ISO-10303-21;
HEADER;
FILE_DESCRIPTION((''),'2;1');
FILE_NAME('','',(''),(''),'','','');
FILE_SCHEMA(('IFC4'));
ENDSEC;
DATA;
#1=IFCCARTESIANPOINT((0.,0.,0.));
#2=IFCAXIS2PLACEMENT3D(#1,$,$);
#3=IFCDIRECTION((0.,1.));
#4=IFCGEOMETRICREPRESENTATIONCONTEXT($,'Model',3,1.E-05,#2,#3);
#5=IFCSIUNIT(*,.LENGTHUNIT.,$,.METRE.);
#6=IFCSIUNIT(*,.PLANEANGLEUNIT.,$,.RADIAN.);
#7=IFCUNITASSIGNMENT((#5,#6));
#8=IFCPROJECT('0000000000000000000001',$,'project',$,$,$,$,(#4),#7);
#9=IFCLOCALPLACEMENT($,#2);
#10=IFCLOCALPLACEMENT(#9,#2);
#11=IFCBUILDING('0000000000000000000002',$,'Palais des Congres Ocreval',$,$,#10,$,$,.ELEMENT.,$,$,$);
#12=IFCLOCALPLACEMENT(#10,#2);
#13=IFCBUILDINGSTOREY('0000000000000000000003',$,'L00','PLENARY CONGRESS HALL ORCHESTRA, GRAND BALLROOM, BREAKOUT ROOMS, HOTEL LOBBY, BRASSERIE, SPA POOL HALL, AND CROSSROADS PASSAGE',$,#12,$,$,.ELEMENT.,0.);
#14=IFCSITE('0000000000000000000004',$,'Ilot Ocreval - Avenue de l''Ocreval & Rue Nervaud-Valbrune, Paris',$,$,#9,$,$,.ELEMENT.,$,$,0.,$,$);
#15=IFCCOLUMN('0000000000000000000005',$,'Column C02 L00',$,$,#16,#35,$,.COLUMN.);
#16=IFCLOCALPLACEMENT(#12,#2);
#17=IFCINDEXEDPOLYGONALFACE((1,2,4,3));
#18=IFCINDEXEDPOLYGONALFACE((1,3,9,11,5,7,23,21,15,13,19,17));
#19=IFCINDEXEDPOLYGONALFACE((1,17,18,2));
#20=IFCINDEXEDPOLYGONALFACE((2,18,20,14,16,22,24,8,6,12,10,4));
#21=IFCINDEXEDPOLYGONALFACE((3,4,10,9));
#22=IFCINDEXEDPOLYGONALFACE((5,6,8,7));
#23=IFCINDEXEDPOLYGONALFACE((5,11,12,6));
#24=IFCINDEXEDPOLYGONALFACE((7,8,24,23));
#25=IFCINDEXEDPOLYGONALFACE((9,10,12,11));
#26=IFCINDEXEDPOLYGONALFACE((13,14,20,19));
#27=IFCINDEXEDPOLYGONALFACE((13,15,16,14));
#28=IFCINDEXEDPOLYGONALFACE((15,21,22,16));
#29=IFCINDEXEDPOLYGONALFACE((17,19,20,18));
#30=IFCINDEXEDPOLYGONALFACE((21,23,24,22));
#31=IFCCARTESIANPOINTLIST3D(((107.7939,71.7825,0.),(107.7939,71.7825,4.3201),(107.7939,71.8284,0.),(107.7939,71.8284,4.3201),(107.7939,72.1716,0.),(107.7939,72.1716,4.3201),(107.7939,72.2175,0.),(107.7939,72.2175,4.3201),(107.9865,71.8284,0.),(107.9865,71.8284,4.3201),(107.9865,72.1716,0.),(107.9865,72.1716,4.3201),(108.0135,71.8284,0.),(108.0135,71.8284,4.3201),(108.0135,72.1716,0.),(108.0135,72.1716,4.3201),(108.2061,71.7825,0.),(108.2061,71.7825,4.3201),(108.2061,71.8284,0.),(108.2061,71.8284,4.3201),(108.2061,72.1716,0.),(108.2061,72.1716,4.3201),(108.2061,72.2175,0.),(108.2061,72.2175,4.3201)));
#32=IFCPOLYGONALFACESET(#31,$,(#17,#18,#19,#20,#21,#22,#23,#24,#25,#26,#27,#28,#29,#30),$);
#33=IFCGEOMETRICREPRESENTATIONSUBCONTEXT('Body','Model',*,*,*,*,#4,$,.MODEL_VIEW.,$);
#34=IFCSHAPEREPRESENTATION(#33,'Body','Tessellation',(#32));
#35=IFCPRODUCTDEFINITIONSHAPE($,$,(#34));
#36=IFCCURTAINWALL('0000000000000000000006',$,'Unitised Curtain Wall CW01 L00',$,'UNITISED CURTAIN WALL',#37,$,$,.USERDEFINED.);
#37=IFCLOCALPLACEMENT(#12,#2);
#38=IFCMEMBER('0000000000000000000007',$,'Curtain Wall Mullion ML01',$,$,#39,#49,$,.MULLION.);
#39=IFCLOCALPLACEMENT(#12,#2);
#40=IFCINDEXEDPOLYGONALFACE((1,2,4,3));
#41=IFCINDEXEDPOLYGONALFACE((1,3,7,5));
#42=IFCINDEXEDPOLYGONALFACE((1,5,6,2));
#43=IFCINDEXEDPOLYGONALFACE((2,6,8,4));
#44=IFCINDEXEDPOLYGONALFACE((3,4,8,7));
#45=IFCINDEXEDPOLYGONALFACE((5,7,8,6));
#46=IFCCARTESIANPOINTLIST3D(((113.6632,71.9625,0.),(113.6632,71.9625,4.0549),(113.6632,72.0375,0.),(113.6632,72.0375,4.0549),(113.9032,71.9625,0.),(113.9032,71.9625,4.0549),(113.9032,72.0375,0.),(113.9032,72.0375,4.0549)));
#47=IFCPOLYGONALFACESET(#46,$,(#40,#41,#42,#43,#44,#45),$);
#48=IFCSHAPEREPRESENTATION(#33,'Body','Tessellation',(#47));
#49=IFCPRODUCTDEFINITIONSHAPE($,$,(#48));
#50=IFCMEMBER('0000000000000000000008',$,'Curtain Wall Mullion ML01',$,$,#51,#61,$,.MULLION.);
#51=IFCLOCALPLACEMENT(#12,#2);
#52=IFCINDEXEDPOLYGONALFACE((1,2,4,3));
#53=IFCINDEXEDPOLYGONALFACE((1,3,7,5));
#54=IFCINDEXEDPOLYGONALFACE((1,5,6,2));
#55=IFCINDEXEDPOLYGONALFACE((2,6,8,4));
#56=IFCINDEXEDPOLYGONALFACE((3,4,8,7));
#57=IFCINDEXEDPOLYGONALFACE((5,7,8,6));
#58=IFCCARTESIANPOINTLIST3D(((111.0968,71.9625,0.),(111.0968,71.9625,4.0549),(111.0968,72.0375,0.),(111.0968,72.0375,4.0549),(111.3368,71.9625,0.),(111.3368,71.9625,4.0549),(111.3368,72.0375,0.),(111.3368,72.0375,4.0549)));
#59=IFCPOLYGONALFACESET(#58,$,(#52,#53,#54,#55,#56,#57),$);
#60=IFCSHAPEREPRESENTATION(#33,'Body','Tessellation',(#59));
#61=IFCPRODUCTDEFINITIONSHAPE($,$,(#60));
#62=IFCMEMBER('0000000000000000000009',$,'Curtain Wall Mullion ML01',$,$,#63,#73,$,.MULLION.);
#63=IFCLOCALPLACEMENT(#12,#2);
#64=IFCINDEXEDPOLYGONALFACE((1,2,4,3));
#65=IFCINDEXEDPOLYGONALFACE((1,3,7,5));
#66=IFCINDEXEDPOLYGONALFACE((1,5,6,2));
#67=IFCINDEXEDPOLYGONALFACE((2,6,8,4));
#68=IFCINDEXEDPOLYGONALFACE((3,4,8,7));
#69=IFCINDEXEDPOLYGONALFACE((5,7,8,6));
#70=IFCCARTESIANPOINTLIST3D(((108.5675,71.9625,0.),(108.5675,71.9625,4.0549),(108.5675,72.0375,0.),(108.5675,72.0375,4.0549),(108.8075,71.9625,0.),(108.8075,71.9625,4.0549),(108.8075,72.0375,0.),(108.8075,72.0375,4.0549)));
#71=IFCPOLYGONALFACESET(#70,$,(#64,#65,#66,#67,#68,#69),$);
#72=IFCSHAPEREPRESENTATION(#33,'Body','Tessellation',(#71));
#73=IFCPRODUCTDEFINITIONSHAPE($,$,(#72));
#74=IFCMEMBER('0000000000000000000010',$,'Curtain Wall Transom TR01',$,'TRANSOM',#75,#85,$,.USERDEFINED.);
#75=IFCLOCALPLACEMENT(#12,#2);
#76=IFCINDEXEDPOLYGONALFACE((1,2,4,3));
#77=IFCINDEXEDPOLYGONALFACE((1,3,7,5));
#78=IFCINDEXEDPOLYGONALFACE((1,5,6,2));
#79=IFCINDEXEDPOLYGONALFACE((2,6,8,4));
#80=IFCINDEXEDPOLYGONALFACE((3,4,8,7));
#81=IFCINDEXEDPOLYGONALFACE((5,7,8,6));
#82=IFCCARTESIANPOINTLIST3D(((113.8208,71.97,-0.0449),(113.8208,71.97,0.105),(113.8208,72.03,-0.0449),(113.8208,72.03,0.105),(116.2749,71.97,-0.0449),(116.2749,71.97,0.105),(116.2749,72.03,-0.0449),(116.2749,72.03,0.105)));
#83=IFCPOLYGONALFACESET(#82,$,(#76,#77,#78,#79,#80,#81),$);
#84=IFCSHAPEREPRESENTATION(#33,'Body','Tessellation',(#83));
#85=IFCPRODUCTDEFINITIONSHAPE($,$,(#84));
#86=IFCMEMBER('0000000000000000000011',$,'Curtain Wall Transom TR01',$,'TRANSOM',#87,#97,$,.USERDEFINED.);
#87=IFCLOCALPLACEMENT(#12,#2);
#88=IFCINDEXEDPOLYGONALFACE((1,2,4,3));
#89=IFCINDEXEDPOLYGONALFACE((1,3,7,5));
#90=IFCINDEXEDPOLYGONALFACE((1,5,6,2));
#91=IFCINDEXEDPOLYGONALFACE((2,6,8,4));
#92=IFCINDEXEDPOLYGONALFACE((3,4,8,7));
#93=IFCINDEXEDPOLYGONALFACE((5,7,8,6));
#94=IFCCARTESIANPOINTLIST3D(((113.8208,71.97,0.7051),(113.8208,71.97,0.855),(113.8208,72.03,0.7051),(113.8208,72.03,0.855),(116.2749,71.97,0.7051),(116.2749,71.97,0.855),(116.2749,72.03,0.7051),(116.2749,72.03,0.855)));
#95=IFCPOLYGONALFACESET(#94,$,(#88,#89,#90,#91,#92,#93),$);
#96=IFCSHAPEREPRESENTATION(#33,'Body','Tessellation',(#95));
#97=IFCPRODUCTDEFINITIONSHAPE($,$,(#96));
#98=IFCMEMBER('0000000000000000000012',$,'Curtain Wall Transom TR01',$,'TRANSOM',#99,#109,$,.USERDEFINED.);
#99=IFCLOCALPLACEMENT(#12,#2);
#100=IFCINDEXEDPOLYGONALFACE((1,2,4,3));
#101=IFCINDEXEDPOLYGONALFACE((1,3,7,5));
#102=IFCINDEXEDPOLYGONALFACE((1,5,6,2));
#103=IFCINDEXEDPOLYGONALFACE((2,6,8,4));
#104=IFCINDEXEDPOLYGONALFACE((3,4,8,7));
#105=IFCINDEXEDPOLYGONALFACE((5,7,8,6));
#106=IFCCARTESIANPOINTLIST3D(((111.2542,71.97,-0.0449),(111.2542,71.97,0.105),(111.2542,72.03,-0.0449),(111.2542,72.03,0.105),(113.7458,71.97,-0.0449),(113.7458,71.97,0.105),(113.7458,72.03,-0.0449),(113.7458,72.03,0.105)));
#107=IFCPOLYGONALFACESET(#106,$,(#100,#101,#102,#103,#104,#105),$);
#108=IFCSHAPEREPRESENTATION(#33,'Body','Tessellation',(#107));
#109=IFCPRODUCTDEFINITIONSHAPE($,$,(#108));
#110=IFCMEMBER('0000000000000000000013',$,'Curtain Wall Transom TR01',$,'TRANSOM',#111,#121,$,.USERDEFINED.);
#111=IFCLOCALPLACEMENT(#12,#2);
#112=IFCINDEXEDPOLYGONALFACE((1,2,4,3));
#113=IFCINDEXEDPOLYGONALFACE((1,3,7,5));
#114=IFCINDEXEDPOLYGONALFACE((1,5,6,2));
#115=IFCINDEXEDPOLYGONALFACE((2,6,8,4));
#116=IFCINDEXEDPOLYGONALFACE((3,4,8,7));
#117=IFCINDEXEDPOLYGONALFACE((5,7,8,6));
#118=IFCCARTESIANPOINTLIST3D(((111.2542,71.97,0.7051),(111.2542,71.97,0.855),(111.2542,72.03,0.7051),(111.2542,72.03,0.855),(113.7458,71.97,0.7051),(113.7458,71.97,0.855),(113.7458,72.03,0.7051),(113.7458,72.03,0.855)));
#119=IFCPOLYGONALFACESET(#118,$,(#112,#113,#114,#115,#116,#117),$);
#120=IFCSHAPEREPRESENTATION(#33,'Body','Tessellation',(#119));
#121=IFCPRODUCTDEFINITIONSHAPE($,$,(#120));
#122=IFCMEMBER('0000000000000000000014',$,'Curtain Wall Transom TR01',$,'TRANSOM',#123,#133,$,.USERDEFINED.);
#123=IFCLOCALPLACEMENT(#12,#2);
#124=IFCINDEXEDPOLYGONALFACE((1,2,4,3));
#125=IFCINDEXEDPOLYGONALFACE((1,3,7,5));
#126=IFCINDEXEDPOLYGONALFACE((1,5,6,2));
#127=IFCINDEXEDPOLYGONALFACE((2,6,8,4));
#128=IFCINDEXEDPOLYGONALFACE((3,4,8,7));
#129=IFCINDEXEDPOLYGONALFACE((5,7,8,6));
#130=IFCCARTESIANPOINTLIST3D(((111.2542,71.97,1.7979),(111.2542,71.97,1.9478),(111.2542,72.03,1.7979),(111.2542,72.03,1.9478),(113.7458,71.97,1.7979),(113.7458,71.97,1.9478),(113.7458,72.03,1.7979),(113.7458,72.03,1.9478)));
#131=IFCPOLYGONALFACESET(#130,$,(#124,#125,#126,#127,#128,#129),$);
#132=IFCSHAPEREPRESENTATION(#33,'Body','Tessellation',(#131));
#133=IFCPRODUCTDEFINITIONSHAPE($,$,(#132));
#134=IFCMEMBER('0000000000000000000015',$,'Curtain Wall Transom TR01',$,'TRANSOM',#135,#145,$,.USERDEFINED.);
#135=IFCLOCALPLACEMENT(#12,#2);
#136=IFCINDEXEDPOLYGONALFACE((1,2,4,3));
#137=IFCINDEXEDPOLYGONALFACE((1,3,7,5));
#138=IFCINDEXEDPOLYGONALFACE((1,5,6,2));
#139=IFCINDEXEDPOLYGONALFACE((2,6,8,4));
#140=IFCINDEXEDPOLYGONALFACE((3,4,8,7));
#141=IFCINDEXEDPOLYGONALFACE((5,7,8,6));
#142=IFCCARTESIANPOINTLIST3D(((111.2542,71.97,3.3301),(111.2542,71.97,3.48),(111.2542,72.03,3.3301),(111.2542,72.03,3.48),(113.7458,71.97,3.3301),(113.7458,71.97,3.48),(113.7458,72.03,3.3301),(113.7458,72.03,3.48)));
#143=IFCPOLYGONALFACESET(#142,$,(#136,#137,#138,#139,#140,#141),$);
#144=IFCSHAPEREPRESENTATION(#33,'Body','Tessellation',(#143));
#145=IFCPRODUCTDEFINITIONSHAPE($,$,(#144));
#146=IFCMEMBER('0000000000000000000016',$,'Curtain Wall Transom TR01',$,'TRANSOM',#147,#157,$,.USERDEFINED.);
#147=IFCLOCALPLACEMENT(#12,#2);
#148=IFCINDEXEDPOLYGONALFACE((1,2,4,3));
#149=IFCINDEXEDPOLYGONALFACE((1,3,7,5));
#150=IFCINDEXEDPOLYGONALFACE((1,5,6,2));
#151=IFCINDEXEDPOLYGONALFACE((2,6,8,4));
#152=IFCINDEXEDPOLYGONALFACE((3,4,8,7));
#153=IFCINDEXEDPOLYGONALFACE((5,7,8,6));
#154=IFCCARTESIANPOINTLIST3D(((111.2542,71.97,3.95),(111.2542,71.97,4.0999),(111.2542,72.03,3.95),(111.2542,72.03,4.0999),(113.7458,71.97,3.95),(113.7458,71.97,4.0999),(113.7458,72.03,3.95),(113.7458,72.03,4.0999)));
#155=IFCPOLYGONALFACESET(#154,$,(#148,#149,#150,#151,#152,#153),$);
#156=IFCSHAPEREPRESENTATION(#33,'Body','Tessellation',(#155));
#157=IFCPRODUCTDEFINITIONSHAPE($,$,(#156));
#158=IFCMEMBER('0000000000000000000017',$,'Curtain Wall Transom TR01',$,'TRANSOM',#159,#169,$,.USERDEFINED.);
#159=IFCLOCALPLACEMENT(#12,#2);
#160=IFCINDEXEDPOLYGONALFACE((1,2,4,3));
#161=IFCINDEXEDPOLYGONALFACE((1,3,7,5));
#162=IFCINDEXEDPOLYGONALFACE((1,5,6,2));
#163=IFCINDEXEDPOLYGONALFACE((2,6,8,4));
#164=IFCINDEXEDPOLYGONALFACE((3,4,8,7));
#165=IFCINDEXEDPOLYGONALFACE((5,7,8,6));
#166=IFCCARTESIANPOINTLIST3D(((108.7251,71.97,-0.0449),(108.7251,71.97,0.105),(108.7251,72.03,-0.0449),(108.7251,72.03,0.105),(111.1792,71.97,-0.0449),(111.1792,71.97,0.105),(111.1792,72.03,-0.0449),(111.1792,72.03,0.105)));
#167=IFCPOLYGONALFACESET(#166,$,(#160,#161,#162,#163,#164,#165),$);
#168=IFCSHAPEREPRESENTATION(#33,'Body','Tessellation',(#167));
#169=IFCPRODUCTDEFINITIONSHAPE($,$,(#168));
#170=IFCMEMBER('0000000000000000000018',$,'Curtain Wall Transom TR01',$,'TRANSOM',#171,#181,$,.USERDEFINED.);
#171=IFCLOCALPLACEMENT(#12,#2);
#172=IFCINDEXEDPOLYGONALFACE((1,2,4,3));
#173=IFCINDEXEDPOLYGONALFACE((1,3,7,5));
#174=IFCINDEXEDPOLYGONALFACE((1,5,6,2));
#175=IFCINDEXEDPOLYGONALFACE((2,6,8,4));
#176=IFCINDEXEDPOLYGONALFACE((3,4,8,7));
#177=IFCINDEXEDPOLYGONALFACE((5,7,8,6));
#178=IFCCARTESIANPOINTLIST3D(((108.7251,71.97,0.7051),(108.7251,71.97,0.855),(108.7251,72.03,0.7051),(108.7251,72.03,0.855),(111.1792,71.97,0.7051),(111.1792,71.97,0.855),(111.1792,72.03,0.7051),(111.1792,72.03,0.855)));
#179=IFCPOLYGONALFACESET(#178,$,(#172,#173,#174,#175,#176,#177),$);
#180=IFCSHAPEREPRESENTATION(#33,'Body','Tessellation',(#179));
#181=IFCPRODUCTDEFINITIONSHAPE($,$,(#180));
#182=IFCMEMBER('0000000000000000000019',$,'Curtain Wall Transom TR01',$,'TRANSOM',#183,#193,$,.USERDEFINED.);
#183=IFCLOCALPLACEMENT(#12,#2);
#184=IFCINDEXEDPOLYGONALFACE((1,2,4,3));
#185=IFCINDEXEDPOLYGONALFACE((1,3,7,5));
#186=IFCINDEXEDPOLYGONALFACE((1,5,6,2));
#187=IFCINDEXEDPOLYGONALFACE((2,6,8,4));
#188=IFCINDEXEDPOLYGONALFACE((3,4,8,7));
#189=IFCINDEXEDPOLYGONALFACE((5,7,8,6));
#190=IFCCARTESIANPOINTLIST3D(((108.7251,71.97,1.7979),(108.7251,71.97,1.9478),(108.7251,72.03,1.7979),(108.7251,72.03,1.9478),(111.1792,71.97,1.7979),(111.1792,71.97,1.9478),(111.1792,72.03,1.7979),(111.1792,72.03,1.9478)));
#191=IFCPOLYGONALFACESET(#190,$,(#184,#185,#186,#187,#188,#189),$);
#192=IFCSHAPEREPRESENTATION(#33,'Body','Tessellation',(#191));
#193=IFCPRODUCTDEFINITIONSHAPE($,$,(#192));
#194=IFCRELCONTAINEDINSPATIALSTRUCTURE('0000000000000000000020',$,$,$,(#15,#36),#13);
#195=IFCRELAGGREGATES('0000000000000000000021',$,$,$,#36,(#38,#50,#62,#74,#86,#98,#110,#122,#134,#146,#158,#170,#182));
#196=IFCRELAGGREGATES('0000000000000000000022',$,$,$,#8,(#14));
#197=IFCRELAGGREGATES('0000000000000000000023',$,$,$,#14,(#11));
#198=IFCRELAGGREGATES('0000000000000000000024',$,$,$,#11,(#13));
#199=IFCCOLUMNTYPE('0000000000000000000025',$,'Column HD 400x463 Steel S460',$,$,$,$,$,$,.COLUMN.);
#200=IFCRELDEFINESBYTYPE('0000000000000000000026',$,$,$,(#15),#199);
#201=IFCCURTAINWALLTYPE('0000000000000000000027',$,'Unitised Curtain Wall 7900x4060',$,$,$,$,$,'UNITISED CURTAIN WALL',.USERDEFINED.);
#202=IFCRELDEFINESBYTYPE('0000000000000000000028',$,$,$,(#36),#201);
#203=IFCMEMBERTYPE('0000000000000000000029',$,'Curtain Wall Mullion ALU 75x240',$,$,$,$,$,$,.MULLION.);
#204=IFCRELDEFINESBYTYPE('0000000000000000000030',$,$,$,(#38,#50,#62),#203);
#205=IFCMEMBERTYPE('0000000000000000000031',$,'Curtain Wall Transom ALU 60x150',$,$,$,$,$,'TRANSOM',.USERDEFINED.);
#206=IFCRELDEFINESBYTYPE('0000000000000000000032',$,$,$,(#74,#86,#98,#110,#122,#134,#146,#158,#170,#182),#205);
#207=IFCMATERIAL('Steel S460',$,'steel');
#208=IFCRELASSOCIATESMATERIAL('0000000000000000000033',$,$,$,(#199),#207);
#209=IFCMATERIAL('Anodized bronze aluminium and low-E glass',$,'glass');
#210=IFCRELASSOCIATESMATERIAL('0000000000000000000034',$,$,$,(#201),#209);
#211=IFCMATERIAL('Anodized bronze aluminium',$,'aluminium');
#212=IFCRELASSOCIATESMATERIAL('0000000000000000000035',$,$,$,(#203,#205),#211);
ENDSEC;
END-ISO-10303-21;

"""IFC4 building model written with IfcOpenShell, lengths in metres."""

from ifc_helpers import new_model, si_unit, direction, frame, origin, origin_2d, place, context, subcontext, project, spatial, rectangle, i_section, extrude, material, material_profile, profile_set, type_object, element, aggregate, save


model = new_model("IFC4")

# Units and contexts
model_context = context("Model", 3, precision=1e-05, world=origin(), true_north=direction((0.0, 1.0)))
body_context = subcontext(model_context, "Body", "Model", "MODEL_VIEW")
ifc_project = project(units=[si_unit("LENGTHUNIT", "METRE"), si_unit("PLANEANGLEUNIT", "RADIAN")], contexts=[model_context])

# Site, building, storey
site_placement = place(None, origin())
site = spatial("IfcSite", under=ifc_project, at=site_placement, Name="Ilot Ocreval - Avenue de l'Ocreval & Rue Nervaud-Valbrune, Paris", CompositionType="ELEMENT", RefElevation=0.0)
building_placement = place(site_placement, origin())
building = spatial("IfcBuilding", under=site, at=building_placement, Name="Palais des Congres Ocreval", CompositionType="ELEMENT")
storey_placement = place(building_placement, origin())
storey = spatial("IfcBuildingStorey", under=building, at=storey_placement, Name="L00", Description="PLENARY CONGRESS HALL ORCHESTRA, GRAND BALLROOM, BREAKOUT ROOMS, HOTEL LOBBY, BRASSERIE, SPA POOL HALL, AND CROSSROADS PASSAGE", CompositionType="ELEMENT", Elevation=0.0)

# Column
ifc_material_1 = material(Name="Steel S460", Category="steel")
ifc_material_profile_1 = material_profile(ifc_material_1, i_section(OverallWidth=0.4121, OverallDepth=0.4351, WebThickness=0.0271, FlangeThickness=0.0459, at=origin_2d()), Name="HD 400x463")
ifc_profile_set_1 = profile_set([ifc_material_profile_1], Name="Steel S460")
column_type = type_object("IfcColumnType", Name="Column HD 400x463 Steel S460", PredefinedType="COLUMN", material=ifc_profile_set_1)
column_placement = place(storey_placement, frame((108.0, 72.0, 0.0), z_axis=(0.0, 0.0, 1.0), x_axis=(1.0, 0.0, 0.0)))
element("IfcColumn", 1, at=column_placement, inside=storey, type_object=column_type, Name="Column C02 L00", PredefinedType="COLUMN", context=body_context, shape_type="SweptSolid", body=[
    extrude(i_section(OverallWidth=0.4121, OverallDepth=0.4351, WebThickness=0.0271, FlangeThickness=0.0459, at=origin_2d()), origin(), (0.0, 0.0, 1.0), 4.3201),
])

# Curtain wall, members
ifc_material_2 = material(Name="Anodized bronze aluminium and low-E glass", Category="glass")
curtain_wall_type = type_object("IfcCurtainWallType", Name="Unitised Curtain Wall 7900x4060", ElementType="UNITISED CURTAIN WALL", PredefinedType="USERDEFINED", material=ifc_material_2)
curtain_wall_placement = place(storey_placement, origin())
curtain_wall = element("IfcCurtainWall", 2, at=curtain_wall_placement, inside=storey, type_object=curtain_wall_type, Name="Unitised Curtain Wall CW01 L00", ObjectType="UNITISED CURTAIN WALL", PredefinedType="USERDEFINED")
ifc_material_3 = material(Name="Anodized bronze aluminium", Category="aluminium")
ifc_material_profile_2 = material_profile(ifc_material_3, rectangle(XDim=0.075, YDim=0.24, at=origin_2d()), Name="ALU 75x240")
ifc_profile_set_2 = profile_set([ifc_material_profile_2], Name="Anodized bronze aluminium")
member_type_1 = type_object("IfcMemberType", Name="Curtain Wall Mullion ALU 75x240", PredefinedType="MULLION", material=ifc_profile_set_2)
member_1_placement = place(storey_placement, frame((113.7832, 72.0, 0.0), z_axis=(0.0, 0.0, 1.0), x_axis=(0.0, -1.0, 0.0)))
member_1 = element("IfcMember", 3, at=member_1_placement, type_object=member_type_1, Name="Curtain Wall Mullion ML01", PredefinedType="MULLION", context=body_context, shape_type="SweptSolid", body=[
    extrude(rectangle(XDim=0.075, YDim=0.24, at=origin_2d()), origin(), (0.0, 0.0, 1.0), 4.0549),
])
member_2_placement = place(storey_placement, frame((111.2168, 72.0, 0.0), z_axis=(0.0, 0.0, 1.0), x_axis=(0.0, -1.0, 0.0)))
member_2 = element("IfcMember", 4, at=member_2_placement, type_object=member_type_1, Name="Curtain Wall Mullion ML01", PredefinedType="MULLION", context=body_context, shape_type="SweptSolid", body=[
    extrude(rectangle(XDim=0.075, YDim=0.24, at=origin_2d()), origin(), (0.0, 0.0, 1.0), 4.0549),
])
member_3_placement = place(storey_placement, frame((108.6875, 72.0, 0.0), z_axis=(0.0, 0.0, 1.0), x_axis=(0.0, -1.0, 0.0)))
member_3 = element("IfcMember", 5, at=member_3_placement, type_object=member_type_1, Name="Curtain Wall Mullion ML01", PredefinedType="MULLION", context=body_context, shape_type="SweptSolid", body=[
    extrude(rectangle(XDim=0.075, YDim=0.24, at=origin_2d()), origin(), (0.0, 0.0, 1.0), 4.0549),
])
ifc_material_profile_3 = material_profile(ifc_material_3, rectangle(XDim=0.0601, YDim=0.1499, at=origin_2d()), Name="ALU 60x150")
ifc_profile_set_3 = profile_set([ifc_material_profile_3], Name="Anodized bronze aluminium")
member_type_2 = type_object("IfcMemberType", Name="Curtain Wall Transom ALU 60x150", ElementType="TRANSOM", PredefinedType="USERDEFINED", material=ifc_profile_set_3)
member_4_placement = place(storey_placement, frame((116.2749, 72.0, 0.03), z_axis=(-1.0, 0.0, 0.0), x_axis=(0.0, -1.0, 0.0)))
member_4 = element("IfcMember", 6, at=member_4_placement, type_object=member_type_2, Name="Curtain Wall Transom TR01", ObjectType="TRANSOM", PredefinedType="USERDEFINED", context=body_context, shape_type="SweptSolid", body=[
    extrude(rectangle(XDim=0.0601, YDim=0.1499, at=origin_2d()), origin(), (0.0, 0.0, 1.0), 2.4541),
])
member_5_placement = place(storey_placement, frame((116.2749, 72.0, 0.78), z_axis=(-1.0, 0.0, 0.0), x_axis=(0.0, -1.0, 0.0)))
member_5 = element("IfcMember", 7, at=member_5_placement, type_object=member_type_2, Name="Curtain Wall Transom TR01", ObjectType="TRANSOM", PredefinedType="USERDEFINED", context=body_context, shape_type="SweptSolid", body=[
    extrude(rectangle(XDim=0.0601, YDim=0.1499, at=origin_2d()), origin(), (0.0, 0.0, 1.0), 2.4541),
])
member_6_placement = place(storey_placement, frame((113.7458, 72.0, 0.03), z_axis=(-1.0, 0.0, 0.0), x_axis=(0.0, -1.0, 0.0)))
member_6 = element("IfcMember", 8, at=member_6_placement, type_object=member_type_2, Name="Curtain Wall Transom TR01", ObjectType="TRANSOM", PredefinedType="USERDEFINED", context=body_context, shape_type="SweptSolid", body=[
    extrude(rectangle(XDim=0.0601, YDim=0.1499, at=origin_2d()), origin(), (0.0, 0.0, 1.0), 2.4917),
])
member_7_placement = place(storey_placement, frame((113.7458, 72.0, 0.78), z_axis=(-1.0, 0.0, 0.0), x_axis=(0.0, -1.0, 0.0)))
member_7 = element("IfcMember", 9, at=member_7_placement, type_object=member_type_2, Name="Curtain Wall Transom TR01", ObjectType="TRANSOM", PredefinedType="USERDEFINED", context=body_context, shape_type="SweptSolid", body=[
    extrude(rectangle(XDim=0.0601, YDim=0.1499, at=origin_2d()), origin(), (0.0, 0.0, 1.0), 2.4917),
])
member_8_placement = place(storey_placement, frame((113.7458, 72.0, 1.8728), z_axis=(-1.0, 0.0, 0.0), x_axis=(0.0, -1.0, 0.0)))
member_8 = element("IfcMember", 10, at=member_8_placement, type_object=member_type_2, Name="Curtain Wall Transom TR01", ObjectType="TRANSOM", PredefinedType="USERDEFINED", context=body_context, shape_type="SweptSolid", body=[
    extrude(rectangle(XDim=0.0601, YDim=0.1499, at=origin_2d()), origin(), (0.0, 0.0, 1.0), 2.4917),
])
member_9_placement = place(storey_placement, frame((113.7458, 72.0, 3.405), z_axis=(-1.0, 0.0, 0.0), x_axis=(0.0, -1.0, 0.0)))
member_9 = element("IfcMember", 11, at=member_9_placement, type_object=member_type_2, Name="Curtain Wall Transom TR01", ObjectType="TRANSOM", PredefinedType="USERDEFINED", context=body_context, shape_type="SweptSolid", body=[
    extrude(rectangle(XDim=0.0601, YDim=0.1499, at=origin_2d()), origin(), (0.0, 0.0, 1.0), 2.4917),
])
member_10_placement = place(storey_placement, frame((113.7458, 72.0, 4.0249), z_axis=(-1.0, 0.0, 0.0), x_axis=(0.0, -1.0, 0.0)))
member_10 = element("IfcMember", 12, at=member_10_placement, type_object=member_type_2, Name="Curtain Wall Transom TR01", ObjectType="TRANSOM", PredefinedType="USERDEFINED", context=body_context, shape_type="SweptSolid", body=[
    extrude(rectangle(XDim=0.0601, YDim=0.1499, at=origin_2d()), origin(), (0.0, 0.0, 1.0), 2.4917),
])
member_11_placement = place(storey_placement, frame((111.1792, 72.0, 0.03), z_axis=(-1.0, 0.0, 0.0), x_axis=(0.0, -1.0, 0.0)))
member_11 = element("IfcMember", 13, at=member_11_placement, type_object=member_type_2, Name="Curtain Wall Transom TR01", ObjectType="TRANSOM", PredefinedType="USERDEFINED", context=body_context, shape_type="SweptSolid", body=[
    extrude(rectangle(XDim=0.0601, YDim=0.1499, at=origin_2d()), origin(), (0.0, 0.0, 1.0), 2.4541),
])
member_12_placement = place(storey_placement, frame((111.1792, 72.0, 0.78), z_axis=(-1.0, 0.0, 0.0), x_axis=(0.0, -1.0, 0.0)))
member_12 = element("IfcMember", 14, at=member_12_placement, type_object=member_type_2, Name="Curtain Wall Transom TR01", ObjectType="TRANSOM", PredefinedType="USERDEFINED", context=body_context, shape_type="SweptSolid", body=[
    extrude(rectangle(XDim=0.0601, YDim=0.1499, at=origin_2d()), origin(), (0.0, 0.0, 1.0), 2.4541),
])
member_13_placement = place(storey_placement, frame((111.1792, 72.0, 1.8728), z_axis=(-1.0, 0.0, 0.0), x_axis=(0.0, -1.0, 0.0)))
member_13 = element("IfcMember", 15, at=member_13_placement, type_object=member_type_2, Name="Curtain Wall Transom TR01", ObjectType="TRANSOM", PredefinedType="USERDEFINED", context=body_context, shape_type="SweptSolid", body=[
    extrude(rectangle(XDim=0.0601, YDim=0.1499, at=origin_2d()), origin(), (0.0, 0.0, 1.0), 2.4541),
])

aggregate(curtain_wall, [member_1, member_2, member_3, member_4, member_5, member_6, member_7, member_8, member_9, member_10, member_11, member_12, member_13])

save(model, "model.ifc")
